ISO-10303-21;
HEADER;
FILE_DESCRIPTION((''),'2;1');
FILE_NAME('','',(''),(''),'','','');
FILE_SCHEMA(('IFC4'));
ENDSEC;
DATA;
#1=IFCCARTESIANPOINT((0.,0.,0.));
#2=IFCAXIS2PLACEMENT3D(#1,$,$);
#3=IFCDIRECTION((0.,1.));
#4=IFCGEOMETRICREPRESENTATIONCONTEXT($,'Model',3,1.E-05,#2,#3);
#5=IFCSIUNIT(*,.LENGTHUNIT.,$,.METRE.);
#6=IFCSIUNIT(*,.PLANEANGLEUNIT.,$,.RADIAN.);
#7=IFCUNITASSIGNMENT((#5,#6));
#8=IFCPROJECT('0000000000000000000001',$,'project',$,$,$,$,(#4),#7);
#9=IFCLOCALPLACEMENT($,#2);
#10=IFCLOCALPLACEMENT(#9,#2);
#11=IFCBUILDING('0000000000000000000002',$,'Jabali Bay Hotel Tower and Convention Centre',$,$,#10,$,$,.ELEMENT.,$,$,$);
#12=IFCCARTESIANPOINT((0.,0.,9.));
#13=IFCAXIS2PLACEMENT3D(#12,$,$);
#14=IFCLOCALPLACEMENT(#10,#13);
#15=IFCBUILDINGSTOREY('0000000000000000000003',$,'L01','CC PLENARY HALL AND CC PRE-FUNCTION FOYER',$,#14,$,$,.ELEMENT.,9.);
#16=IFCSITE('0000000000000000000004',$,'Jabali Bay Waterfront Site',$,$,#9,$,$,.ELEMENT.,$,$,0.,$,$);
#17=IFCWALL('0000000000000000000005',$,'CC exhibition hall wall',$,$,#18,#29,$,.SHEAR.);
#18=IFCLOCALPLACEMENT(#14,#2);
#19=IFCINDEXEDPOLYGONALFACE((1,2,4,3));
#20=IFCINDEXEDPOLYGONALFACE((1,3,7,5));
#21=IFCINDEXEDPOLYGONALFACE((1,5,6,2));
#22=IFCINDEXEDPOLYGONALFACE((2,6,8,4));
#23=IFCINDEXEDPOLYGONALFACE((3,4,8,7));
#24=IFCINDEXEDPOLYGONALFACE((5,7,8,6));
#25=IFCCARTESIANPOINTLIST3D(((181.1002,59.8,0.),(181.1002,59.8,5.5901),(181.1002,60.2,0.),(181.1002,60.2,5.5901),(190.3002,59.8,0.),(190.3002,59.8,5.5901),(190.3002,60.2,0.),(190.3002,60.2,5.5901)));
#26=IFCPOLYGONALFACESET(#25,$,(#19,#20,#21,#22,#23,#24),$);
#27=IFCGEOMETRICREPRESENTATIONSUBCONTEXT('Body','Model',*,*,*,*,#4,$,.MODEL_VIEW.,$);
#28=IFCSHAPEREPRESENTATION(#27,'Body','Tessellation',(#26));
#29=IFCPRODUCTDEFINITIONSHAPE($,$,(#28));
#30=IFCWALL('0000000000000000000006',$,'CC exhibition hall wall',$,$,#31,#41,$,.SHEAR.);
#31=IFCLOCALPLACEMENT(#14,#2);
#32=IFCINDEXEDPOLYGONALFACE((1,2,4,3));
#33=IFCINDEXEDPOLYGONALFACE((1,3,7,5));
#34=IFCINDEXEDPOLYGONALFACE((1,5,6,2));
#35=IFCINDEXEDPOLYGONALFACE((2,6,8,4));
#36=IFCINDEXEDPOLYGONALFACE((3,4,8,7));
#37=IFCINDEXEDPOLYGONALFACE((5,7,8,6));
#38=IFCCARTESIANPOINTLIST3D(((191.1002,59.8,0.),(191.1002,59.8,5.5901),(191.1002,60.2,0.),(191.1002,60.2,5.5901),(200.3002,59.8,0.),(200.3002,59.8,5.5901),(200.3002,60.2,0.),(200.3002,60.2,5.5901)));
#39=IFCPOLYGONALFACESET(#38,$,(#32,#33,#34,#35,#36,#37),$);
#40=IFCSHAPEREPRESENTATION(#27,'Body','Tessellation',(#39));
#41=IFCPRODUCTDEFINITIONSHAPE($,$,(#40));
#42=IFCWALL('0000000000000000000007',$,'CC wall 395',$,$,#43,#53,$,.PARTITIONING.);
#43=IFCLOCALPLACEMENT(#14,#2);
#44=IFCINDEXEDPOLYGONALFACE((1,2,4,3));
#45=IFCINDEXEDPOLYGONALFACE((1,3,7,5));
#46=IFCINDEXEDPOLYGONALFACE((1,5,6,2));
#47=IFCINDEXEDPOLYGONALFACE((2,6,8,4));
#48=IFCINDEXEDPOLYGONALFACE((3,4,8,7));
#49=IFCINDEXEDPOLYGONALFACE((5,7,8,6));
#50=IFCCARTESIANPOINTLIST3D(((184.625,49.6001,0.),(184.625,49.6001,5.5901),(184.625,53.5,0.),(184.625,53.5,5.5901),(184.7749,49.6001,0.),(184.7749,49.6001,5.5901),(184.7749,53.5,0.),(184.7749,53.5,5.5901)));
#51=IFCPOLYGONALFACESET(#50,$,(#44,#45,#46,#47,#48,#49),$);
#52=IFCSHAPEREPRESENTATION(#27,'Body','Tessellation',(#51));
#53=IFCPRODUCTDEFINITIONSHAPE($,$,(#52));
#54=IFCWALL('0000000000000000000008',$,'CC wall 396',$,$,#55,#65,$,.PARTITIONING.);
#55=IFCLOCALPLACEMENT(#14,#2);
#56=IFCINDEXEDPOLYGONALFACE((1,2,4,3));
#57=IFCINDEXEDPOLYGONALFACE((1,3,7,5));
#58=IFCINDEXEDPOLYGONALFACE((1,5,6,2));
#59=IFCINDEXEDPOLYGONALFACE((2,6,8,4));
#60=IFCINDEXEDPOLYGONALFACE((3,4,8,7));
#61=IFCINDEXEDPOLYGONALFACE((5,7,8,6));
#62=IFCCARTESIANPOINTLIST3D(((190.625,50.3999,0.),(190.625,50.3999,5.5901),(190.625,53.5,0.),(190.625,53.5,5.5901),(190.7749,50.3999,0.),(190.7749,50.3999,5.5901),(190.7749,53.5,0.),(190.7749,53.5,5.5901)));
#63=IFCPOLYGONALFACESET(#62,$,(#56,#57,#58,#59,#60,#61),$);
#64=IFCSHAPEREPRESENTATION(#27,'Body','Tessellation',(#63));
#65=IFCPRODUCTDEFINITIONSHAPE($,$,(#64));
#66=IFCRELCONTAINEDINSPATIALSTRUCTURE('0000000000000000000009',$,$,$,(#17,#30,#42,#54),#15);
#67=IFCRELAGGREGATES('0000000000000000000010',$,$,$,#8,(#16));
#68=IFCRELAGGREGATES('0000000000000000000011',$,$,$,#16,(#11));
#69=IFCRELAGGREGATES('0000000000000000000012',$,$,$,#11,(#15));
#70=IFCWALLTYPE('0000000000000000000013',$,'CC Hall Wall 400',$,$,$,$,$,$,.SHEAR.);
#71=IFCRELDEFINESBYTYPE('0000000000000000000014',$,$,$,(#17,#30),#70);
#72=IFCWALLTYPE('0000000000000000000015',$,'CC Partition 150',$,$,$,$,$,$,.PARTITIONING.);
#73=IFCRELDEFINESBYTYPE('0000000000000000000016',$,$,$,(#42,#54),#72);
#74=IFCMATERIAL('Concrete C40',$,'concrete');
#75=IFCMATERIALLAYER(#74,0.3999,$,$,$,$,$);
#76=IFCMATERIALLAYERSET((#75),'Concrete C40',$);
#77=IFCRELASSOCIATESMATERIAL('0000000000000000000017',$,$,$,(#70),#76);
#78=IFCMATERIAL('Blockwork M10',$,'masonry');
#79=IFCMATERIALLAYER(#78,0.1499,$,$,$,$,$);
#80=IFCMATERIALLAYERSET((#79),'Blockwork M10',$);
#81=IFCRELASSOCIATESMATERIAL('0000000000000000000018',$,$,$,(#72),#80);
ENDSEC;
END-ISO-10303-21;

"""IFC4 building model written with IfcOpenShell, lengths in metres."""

from ifc_helpers import new_model, si_unit, direction, frame, frame_2d, origin, place, context, subcontext, project, spatial, rectangle, extrude, material, layer, layer_set, type_object, element, save


model = new_model("IFC4")

# Units and contexts
model_context = context("Model", 3, precision=1e-05, world=origin(), true_north=direction((0.0, 1.0)))
body_context = subcontext(model_context, "Body", "Model", "MODEL_VIEW")
ifc_project = project(units=[si_unit("LENGTHUNIT", "METRE"), si_unit("PLANEANGLEUNIT", "RADIAN")], contexts=[model_context])

# Site, building, storey
site_placement = place(None, origin())
site = spatial("IfcSite", under=ifc_project, at=site_placement, Name="Jabali Bay Waterfront Site", CompositionType="ELEMENT", RefElevation=0.0)
building_placement = place(site_placement, origin())
building = spatial("IfcBuilding", under=site, at=building_placement, Name="Jabali Bay Hotel Tower and Convention Centre", CompositionType="ELEMENT")
storey_placement = place(building_placement, frame((0.0, 0.0, 9.0)))
storey = spatial("IfcBuildingStorey", under=building, at=storey_placement, Name="L01", Description="CC PLENARY HALL AND CC PRE-FUNCTION FOYER", CompositionType="ELEMENT", Elevation=9.0)

# Walls
ifc_material_1 = material(Name="Concrete C40", Category="concrete")
ifc_layer_1 = layer(ifc_material_1, 0.3999)
ifc_layer_set_1 = layer_set([ifc_layer_1], Name="Concrete C40")
wall_type_1 = type_object("IfcWallType", Name="CC Hall Wall 400", PredefinedType="SHEAR", material=ifc_layer_set_1)
for number, where, z_axis, x_axis, name in (
    (1, (181.1001, 60.0, 0.0), (0.0, 0.0, 1.0), (1.0, 0.0, 0.0), "CC exhibition hall wall"),
    (2, (191.1001, 60.0, 0.0), (0.0, 0.0, 1.0), (1.0, 0.0, 0.0), "CC exhibition hall wall"),
):
    element("IfcWall", number, at=place(storey_placement, frame(where, z_axis=z_axis, x_axis=x_axis)), inside=storey, type_object=wall_type_1, Name=name, PredefinedType="SHEAR", context=body_context, shape_type="SweptSolid", body=[
        extrude(rectangle(XDim=9.2, YDim=0.3999, at=frame_2d((4.6001, 0.0))), origin(), (0.0, 0.0, 1.0), 5.5901),
    ])
ifc_material_2 = material(Name="Blockwork M10", Category="masonry")
ifc_layer_2 = layer(ifc_material_2, 0.1499)
ifc_layer_set_2 = layer_set([ifc_layer_2], Name="Blockwork M10")
wall_type_2 = type_object("IfcWallType", Name="CC Partition 150", PredefinedType="PARTITIONING", material=ifc_layer_set_2)
wall_1_placement = place(storey_placement, frame((184.7, 49.6001, 0.0), z_axis=(0.0, 0.0, 1.0), x_axis=(0.0, 1.0, 0.0)))
element("IfcWall", 3, at=wall_1_placement, inside=storey, type_object=wall_type_2, Name="CC wall 395", PredefinedType="PARTITIONING", context=body_context, shape_type="SweptSolid", body=[
    extrude(rectangle(XDim=3.8999, YDim=0.1499, at=frame_2d((1.95, 0.0))), origin(), (0.0, 0.0, 1.0), 5.5901),
])
wall_2_placement = place(storey_placement, frame((190.7, 50.3999, 0.0), z_axis=(0.0, 0.0, 1.0), x_axis=(0.0, 1.0, 0.0)))
element("IfcWall", 4, at=wall_2_placement, inside=storey, type_object=wall_type_2, Name="CC wall 396", PredefinedType="PARTITIONING", context=body_context, shape_type="SweptSolid", body=[
    extrude(rectangle(XDim=3.1001, YDim=0.1499, at=frame_2d((1.55, 0.0))), origin(), (0.0, 0.0, 1.0), 5.5901),
])

save(model, "model.ifc")
